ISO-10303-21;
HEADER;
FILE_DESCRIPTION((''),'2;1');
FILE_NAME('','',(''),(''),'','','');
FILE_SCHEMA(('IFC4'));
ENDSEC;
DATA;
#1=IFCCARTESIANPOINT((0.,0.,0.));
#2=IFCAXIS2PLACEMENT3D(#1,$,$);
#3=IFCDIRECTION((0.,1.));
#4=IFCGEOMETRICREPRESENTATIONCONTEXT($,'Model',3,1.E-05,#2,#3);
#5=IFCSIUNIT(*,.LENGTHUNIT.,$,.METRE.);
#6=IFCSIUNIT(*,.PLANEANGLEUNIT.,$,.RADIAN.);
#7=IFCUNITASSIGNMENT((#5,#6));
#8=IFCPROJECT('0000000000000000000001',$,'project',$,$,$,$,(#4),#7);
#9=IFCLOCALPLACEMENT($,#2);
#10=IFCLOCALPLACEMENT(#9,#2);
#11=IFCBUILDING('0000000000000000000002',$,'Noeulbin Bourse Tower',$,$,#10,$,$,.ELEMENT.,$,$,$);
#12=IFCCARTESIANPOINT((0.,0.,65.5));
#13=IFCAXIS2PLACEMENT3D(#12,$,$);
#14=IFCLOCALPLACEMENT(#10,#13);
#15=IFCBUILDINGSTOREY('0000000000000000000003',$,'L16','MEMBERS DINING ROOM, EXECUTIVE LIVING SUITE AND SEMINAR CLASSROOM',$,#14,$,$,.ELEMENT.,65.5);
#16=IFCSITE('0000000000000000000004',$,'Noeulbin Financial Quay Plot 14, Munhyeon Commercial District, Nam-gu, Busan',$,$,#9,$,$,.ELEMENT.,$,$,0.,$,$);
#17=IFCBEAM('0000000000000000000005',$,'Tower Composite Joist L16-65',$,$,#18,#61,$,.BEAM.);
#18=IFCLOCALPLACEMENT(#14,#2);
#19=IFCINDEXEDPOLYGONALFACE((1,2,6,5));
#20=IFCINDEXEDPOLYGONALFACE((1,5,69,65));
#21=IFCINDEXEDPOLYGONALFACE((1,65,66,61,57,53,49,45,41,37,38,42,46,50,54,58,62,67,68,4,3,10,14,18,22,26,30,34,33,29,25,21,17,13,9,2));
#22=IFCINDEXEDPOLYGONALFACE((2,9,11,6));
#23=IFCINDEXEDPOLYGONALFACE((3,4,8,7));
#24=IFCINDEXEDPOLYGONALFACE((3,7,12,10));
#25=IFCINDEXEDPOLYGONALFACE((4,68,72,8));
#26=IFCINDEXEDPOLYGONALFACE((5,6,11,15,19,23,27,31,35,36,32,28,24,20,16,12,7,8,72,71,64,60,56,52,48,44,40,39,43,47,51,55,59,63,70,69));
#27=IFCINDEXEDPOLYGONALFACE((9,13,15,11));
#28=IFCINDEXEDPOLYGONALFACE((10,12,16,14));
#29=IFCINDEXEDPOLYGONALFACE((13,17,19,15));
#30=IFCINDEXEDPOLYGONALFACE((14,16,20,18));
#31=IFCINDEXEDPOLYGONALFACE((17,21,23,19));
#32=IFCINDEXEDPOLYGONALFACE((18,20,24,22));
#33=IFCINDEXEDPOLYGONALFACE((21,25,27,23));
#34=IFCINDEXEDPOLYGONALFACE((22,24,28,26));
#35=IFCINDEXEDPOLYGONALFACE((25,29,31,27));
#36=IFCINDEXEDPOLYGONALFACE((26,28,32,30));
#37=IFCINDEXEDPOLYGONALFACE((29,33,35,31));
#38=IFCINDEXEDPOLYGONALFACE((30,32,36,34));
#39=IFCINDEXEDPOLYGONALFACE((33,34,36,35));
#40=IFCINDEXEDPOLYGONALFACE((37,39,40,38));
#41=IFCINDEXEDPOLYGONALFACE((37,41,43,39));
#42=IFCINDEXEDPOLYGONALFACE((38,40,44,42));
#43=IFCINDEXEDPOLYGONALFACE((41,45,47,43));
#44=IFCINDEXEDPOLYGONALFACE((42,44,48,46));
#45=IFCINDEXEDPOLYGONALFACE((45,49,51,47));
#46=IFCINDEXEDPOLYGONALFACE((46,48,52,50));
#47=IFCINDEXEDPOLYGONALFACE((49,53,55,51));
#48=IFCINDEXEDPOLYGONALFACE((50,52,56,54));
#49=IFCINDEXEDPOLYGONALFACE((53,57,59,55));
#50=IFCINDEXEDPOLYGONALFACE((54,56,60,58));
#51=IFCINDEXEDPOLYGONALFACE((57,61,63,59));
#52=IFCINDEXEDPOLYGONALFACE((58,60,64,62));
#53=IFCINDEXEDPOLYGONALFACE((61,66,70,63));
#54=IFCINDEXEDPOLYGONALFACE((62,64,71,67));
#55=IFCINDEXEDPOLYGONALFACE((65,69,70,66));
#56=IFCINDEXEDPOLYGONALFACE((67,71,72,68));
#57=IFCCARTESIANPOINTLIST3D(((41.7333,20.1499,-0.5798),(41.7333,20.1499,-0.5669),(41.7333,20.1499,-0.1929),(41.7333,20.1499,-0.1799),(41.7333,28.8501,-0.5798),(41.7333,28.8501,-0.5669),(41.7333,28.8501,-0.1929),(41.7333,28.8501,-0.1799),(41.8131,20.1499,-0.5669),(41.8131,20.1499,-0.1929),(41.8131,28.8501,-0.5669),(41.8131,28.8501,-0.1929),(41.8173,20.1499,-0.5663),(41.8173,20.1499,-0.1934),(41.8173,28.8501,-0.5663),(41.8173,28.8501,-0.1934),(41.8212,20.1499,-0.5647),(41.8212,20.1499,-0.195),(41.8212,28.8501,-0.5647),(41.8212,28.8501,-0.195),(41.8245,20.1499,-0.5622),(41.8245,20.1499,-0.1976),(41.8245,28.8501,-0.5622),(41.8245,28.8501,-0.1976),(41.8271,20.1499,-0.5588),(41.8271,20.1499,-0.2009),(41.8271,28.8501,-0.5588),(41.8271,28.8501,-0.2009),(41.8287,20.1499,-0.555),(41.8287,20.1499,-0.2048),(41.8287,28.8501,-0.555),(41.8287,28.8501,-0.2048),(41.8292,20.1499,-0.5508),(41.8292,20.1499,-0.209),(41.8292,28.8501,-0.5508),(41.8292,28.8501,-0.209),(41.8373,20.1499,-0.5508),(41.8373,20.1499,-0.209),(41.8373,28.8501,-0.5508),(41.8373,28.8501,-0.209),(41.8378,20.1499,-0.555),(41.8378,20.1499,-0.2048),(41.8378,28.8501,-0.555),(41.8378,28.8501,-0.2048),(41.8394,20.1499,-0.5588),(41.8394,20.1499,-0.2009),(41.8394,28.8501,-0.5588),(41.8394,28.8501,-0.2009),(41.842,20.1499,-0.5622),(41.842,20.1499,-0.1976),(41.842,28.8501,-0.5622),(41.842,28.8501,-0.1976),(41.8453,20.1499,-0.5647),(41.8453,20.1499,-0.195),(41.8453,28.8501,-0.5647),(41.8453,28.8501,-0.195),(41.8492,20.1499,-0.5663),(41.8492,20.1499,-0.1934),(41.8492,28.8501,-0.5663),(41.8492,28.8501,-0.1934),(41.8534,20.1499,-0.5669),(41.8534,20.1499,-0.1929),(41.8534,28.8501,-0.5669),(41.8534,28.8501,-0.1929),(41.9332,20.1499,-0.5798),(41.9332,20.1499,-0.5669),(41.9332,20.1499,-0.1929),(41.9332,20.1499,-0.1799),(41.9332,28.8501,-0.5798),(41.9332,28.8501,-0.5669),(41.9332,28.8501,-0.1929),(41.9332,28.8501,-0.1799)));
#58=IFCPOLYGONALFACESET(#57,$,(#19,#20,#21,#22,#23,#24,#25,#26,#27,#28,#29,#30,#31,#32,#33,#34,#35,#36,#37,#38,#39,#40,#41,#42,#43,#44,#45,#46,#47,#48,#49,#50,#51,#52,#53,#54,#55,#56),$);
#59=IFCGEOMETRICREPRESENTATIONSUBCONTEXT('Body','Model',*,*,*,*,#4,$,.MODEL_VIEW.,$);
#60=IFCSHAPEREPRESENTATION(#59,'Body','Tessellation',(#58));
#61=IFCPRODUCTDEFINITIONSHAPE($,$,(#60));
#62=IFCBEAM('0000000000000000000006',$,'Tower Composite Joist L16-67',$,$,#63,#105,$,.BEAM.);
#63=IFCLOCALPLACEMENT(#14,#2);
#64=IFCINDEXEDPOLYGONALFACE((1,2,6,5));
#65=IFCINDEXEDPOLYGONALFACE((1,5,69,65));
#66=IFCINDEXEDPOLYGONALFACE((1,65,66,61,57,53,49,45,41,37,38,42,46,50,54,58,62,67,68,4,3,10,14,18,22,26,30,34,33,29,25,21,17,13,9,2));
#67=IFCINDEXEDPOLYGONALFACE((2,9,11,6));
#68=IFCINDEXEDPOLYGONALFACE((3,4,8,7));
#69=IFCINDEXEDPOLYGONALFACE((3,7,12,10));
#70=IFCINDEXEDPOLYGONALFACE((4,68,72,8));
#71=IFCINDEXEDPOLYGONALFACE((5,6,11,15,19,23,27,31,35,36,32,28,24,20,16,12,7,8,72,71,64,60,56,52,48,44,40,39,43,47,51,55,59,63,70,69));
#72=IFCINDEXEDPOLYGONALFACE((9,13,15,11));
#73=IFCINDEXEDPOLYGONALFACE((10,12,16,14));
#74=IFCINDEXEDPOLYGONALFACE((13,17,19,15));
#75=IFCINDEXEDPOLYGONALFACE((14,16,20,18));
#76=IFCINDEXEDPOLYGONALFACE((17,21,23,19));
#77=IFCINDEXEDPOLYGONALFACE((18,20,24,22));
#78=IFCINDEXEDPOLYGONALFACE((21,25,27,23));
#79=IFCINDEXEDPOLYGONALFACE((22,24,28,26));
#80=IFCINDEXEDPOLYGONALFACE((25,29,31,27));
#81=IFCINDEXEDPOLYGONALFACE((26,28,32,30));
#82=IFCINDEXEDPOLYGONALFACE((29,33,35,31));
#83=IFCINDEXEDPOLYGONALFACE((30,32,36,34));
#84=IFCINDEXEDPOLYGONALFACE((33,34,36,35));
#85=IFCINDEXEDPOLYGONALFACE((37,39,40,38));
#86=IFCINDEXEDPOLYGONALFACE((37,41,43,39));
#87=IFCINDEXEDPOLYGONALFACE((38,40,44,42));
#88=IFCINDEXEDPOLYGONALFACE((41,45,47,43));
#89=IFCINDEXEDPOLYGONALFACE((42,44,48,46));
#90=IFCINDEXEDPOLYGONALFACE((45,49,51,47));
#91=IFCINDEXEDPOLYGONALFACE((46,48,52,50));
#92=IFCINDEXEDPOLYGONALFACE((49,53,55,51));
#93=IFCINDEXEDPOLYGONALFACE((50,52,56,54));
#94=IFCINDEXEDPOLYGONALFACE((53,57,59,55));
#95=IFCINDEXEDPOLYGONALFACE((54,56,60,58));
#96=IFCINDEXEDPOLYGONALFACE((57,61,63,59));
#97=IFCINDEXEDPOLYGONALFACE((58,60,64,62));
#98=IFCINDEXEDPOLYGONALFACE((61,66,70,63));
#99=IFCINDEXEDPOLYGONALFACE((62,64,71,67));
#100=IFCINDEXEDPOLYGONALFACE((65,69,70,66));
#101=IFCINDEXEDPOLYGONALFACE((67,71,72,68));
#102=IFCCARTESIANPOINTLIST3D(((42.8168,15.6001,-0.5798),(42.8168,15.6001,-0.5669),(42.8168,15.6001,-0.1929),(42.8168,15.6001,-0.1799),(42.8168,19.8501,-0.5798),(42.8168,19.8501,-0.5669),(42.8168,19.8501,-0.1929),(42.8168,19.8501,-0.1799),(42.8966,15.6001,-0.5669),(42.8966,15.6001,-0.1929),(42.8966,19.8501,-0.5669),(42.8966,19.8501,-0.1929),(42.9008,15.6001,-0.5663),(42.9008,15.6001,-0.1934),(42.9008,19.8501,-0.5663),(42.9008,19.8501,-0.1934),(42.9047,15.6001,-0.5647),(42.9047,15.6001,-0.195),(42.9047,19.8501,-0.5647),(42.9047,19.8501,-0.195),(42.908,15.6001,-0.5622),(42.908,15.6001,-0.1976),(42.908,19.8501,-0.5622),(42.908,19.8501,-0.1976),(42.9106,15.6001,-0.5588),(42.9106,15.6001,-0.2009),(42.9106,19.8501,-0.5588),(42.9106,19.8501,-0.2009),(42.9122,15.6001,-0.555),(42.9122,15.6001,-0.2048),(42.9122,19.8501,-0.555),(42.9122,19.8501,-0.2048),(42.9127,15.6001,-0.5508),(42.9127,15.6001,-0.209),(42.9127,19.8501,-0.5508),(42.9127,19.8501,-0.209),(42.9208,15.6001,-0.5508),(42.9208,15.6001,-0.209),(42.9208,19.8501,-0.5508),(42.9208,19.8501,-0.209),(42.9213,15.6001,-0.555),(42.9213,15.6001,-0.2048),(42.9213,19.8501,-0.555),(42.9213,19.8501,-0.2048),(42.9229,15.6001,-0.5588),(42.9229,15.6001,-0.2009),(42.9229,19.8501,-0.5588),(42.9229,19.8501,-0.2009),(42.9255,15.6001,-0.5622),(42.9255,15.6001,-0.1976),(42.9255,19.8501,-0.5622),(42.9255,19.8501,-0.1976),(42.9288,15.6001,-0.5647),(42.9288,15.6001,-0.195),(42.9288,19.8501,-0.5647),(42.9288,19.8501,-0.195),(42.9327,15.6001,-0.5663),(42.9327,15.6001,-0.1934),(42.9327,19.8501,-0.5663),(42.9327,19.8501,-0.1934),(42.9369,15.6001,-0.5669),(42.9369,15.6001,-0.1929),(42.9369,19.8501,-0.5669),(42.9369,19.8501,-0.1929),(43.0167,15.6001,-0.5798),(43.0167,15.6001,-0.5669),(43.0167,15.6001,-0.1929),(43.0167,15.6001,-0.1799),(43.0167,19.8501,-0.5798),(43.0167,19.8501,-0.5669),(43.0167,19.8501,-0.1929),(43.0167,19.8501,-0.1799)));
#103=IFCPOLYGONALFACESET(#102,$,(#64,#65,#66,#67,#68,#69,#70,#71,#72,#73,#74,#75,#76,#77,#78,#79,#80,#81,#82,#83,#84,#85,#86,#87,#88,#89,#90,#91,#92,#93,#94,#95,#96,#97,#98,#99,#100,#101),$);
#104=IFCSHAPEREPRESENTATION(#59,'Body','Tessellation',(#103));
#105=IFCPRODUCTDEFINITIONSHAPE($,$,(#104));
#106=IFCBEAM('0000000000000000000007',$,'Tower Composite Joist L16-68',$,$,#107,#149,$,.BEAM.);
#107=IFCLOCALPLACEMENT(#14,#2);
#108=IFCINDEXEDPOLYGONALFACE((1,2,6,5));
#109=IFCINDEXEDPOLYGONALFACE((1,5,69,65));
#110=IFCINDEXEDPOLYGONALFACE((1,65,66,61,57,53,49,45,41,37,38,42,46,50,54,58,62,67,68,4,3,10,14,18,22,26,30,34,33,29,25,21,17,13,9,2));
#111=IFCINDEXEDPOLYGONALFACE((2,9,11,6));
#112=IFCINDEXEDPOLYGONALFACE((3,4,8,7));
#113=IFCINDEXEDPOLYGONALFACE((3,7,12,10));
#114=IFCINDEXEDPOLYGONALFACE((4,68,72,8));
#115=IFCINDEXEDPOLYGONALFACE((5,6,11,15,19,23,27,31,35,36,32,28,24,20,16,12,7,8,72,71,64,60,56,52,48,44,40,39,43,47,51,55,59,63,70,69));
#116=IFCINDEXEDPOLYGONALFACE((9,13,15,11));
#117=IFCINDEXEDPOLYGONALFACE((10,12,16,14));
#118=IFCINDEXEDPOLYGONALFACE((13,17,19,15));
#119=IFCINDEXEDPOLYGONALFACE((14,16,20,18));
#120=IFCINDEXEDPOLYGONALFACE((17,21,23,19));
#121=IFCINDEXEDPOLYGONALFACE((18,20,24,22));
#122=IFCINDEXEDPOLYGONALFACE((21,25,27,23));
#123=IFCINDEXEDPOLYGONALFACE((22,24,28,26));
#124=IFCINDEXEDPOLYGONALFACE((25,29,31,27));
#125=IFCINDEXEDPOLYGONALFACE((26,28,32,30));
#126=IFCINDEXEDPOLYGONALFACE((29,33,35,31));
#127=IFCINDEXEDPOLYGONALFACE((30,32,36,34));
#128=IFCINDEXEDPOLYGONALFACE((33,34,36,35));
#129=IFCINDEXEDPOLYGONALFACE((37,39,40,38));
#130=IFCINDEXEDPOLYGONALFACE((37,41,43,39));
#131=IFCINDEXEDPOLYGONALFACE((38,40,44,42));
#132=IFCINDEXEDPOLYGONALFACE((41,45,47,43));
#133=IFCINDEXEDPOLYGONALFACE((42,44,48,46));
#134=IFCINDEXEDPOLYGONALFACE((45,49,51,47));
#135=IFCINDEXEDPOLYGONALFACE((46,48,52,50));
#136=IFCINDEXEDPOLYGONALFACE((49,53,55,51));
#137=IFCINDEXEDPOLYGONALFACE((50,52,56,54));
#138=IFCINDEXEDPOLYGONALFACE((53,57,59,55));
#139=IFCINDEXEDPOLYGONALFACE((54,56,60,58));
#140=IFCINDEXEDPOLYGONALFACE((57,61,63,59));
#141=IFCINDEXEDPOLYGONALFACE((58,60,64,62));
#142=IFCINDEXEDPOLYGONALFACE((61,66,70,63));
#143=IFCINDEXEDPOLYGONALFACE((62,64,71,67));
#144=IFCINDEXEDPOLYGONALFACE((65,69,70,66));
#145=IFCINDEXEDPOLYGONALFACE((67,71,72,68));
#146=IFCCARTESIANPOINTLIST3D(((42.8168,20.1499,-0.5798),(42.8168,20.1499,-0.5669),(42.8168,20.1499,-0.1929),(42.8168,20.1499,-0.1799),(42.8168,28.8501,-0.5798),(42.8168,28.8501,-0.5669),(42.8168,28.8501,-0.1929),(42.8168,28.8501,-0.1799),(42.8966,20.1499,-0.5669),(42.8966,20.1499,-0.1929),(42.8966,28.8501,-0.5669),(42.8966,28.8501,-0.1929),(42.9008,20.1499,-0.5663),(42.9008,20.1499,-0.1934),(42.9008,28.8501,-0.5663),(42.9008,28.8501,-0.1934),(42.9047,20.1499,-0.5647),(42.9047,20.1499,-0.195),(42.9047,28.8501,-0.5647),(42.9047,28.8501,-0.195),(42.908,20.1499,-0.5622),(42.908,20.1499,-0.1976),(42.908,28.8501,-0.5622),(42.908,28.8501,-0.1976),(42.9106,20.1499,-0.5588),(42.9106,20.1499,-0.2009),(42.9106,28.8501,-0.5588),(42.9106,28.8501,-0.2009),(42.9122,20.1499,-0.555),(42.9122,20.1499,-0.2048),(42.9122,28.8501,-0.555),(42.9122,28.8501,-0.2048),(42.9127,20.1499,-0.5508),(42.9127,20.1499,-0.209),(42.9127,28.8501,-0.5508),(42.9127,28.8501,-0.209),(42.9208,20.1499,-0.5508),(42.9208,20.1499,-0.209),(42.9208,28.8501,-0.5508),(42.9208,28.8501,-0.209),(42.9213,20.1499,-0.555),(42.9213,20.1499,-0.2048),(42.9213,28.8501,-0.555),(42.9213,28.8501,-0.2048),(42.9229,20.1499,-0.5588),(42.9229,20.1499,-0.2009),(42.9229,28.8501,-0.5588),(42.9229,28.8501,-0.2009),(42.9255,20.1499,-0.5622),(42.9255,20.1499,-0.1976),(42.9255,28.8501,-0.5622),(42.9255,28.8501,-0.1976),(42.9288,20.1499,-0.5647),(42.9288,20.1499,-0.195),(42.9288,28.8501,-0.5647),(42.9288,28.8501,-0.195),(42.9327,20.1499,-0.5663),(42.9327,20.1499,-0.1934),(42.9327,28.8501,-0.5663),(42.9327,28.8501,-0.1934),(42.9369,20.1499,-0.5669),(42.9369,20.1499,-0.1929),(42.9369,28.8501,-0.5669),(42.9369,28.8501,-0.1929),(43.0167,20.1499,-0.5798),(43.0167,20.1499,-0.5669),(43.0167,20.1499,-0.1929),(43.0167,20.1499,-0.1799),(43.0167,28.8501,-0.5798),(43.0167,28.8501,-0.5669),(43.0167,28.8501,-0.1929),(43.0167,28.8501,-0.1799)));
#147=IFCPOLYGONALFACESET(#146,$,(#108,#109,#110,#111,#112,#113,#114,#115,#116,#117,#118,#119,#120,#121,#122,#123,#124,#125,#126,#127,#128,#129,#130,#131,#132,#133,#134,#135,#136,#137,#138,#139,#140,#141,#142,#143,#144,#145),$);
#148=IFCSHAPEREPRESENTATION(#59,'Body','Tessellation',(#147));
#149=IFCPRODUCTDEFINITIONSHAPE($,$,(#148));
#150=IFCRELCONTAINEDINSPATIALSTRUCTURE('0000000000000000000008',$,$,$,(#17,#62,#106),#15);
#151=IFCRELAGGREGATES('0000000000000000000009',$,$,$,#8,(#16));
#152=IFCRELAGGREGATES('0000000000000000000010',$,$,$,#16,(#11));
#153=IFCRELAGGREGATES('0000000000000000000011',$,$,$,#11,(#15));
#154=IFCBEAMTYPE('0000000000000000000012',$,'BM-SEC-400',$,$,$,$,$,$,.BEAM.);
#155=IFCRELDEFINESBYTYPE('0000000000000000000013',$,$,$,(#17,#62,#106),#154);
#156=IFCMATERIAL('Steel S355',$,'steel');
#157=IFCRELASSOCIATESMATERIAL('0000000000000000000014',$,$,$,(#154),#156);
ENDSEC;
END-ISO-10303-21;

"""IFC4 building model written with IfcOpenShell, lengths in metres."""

from ifc_helpers import new_model, si_unit, direction, frame, origin, origin_2d, place, context, subcontext, project, spatial, i_section, extrude, material, material_profile, profile_set, type_object, element, save


model = new_model("IFC4")

# Units and contexts
model_context = context("Model", 3, precision=1e-05, world=origin(), true_north=direction((0.0, 1.0)))
body_context = subcontext(model_context, "Body", "Model", "MODEL_VIEW")
ifc_project = project(units=[si_unit("LENGTHUNIT", "METRE"), si_unit("PLANEANGLEUNIT", "RADIAN")], contexts=[model_context])

# Site, building, storey
site_placement = place(None, origin())
site = spatial("IfcSite", under=ifc_project, at=site_placement, Name="Noeulbin Financial Quay Plot 14, Munhyeon Commercial District, Nam-gu, Busan", CompositionType="ELEMENT", RefElevation=0.0)
building_placement = place(site_placement, origin())
building = spatial("IfcBuilding", under=site, at=building_placement, Name="Noeulbin Bourse Tower", CompositionType="ELEMENT")
storey_placement = place(building_placement, frame((0.0, 0.0, 65.5)))
storey = spatial("IfcBuildingStorey", under=building, at=storey_placement, Name="L16", Description="MEMBERS DINING ROOM, EXECUTIVE LIVING SUITE AND SEMINAR CLASSROOM", CompositionType="ELEMENT", Elevation=65.5)

# Beams
ifc_material_1 = material(Name="Steel S355", Category="steel")
ifc_material_profile_1 = material_profile(ifc_material_1, i_section(OverallWidth=0.2, OverallDepth=0.3999, WebThickness=0.0081, FlangeThickness=0.0129, FilletRadius=0.0161, at=origin_2d()), Name="H-400x200x8x13", Category="LoadBearing")
ifc_profile_set_1 = profile_set([ifc_material_profile_1], Name="Steel S355")
beam_type_1 = type_object("IfcBeamType", Name="BM-SEC-400", PredefinedType="BEAM", material=ifc_profile_set_1)
beam_1_placement = place(storey_placement, frame((41.8333, 20.1499, -0.3799), z_axis=(0.0, 1.0, 0.0), x_axis=(-1.0, 0.0, 0.0)))
element("IfcBeam", 1, at=beam_1_placement, inside=storey, type_object=beam_type_1, Name="Tower Composite Joist L16-65", PredefinedType="BEAM", context=body_context, shape_type="SweptSolid", body=[
    extrude(i_section(OverallWidth=0.2, OverallDepth=0.3999, WebThickness=0.0081, FlangeThickness=0.0129, FilletRadius=0.0161, at=origin_2d()), origin(), (0.0, 0.0, 1.0), 8.7002),
])
beam_2_placement = place(storey_placement, frame((42.9167, 15.6001, -0.3799), z_axis=(0.0, 1.0, 0.0), x_axis=(-1.0, 0.0, 0.0)))
element("IfcBeam", 2, at=beam_2_placement, inside=storey, type_object=beam_type_1, Name="Tower Composite Joist L16-67", PredefinedType="BEAM", context=body_context, shape_type="SweptSolid", body=[
    extrude(i_section(OverallWidth=0.2, OverallDepth=0.3999, WebThickness=0.0081, FlangeThickness=0.0129, FilletRadius=0.0161, at=origin_2d()), origin(), (0.0, 0.0, 1.0), 4.25),
])
beam_3_placement = place(storey_placement, frame((42.9167, 20.1499, -0.3799), z_axis=(0.0, 1.0, 0.0), x_axis=(-1.0, 0.0, 0.0)))
element("IfcBeam", 3, at=beam_3_placement, inside=storey, type_object=beam_type_1, Name="Tower Composite Joist L16-68", PredefinedType="BEAM", context=body_context, shape_type="SweptSolid", body=[
    extrude(i_section(OverallWidth=0.2, OverallDepth=0.3999, WebThickness=0.0081, FlangeThickness=0.0129, FilletRadius=0.0161, at=origin_2d()), origin(), (0.0, 0.0, 1.0), 8.7002),
])

save(model, "model.ifc")
